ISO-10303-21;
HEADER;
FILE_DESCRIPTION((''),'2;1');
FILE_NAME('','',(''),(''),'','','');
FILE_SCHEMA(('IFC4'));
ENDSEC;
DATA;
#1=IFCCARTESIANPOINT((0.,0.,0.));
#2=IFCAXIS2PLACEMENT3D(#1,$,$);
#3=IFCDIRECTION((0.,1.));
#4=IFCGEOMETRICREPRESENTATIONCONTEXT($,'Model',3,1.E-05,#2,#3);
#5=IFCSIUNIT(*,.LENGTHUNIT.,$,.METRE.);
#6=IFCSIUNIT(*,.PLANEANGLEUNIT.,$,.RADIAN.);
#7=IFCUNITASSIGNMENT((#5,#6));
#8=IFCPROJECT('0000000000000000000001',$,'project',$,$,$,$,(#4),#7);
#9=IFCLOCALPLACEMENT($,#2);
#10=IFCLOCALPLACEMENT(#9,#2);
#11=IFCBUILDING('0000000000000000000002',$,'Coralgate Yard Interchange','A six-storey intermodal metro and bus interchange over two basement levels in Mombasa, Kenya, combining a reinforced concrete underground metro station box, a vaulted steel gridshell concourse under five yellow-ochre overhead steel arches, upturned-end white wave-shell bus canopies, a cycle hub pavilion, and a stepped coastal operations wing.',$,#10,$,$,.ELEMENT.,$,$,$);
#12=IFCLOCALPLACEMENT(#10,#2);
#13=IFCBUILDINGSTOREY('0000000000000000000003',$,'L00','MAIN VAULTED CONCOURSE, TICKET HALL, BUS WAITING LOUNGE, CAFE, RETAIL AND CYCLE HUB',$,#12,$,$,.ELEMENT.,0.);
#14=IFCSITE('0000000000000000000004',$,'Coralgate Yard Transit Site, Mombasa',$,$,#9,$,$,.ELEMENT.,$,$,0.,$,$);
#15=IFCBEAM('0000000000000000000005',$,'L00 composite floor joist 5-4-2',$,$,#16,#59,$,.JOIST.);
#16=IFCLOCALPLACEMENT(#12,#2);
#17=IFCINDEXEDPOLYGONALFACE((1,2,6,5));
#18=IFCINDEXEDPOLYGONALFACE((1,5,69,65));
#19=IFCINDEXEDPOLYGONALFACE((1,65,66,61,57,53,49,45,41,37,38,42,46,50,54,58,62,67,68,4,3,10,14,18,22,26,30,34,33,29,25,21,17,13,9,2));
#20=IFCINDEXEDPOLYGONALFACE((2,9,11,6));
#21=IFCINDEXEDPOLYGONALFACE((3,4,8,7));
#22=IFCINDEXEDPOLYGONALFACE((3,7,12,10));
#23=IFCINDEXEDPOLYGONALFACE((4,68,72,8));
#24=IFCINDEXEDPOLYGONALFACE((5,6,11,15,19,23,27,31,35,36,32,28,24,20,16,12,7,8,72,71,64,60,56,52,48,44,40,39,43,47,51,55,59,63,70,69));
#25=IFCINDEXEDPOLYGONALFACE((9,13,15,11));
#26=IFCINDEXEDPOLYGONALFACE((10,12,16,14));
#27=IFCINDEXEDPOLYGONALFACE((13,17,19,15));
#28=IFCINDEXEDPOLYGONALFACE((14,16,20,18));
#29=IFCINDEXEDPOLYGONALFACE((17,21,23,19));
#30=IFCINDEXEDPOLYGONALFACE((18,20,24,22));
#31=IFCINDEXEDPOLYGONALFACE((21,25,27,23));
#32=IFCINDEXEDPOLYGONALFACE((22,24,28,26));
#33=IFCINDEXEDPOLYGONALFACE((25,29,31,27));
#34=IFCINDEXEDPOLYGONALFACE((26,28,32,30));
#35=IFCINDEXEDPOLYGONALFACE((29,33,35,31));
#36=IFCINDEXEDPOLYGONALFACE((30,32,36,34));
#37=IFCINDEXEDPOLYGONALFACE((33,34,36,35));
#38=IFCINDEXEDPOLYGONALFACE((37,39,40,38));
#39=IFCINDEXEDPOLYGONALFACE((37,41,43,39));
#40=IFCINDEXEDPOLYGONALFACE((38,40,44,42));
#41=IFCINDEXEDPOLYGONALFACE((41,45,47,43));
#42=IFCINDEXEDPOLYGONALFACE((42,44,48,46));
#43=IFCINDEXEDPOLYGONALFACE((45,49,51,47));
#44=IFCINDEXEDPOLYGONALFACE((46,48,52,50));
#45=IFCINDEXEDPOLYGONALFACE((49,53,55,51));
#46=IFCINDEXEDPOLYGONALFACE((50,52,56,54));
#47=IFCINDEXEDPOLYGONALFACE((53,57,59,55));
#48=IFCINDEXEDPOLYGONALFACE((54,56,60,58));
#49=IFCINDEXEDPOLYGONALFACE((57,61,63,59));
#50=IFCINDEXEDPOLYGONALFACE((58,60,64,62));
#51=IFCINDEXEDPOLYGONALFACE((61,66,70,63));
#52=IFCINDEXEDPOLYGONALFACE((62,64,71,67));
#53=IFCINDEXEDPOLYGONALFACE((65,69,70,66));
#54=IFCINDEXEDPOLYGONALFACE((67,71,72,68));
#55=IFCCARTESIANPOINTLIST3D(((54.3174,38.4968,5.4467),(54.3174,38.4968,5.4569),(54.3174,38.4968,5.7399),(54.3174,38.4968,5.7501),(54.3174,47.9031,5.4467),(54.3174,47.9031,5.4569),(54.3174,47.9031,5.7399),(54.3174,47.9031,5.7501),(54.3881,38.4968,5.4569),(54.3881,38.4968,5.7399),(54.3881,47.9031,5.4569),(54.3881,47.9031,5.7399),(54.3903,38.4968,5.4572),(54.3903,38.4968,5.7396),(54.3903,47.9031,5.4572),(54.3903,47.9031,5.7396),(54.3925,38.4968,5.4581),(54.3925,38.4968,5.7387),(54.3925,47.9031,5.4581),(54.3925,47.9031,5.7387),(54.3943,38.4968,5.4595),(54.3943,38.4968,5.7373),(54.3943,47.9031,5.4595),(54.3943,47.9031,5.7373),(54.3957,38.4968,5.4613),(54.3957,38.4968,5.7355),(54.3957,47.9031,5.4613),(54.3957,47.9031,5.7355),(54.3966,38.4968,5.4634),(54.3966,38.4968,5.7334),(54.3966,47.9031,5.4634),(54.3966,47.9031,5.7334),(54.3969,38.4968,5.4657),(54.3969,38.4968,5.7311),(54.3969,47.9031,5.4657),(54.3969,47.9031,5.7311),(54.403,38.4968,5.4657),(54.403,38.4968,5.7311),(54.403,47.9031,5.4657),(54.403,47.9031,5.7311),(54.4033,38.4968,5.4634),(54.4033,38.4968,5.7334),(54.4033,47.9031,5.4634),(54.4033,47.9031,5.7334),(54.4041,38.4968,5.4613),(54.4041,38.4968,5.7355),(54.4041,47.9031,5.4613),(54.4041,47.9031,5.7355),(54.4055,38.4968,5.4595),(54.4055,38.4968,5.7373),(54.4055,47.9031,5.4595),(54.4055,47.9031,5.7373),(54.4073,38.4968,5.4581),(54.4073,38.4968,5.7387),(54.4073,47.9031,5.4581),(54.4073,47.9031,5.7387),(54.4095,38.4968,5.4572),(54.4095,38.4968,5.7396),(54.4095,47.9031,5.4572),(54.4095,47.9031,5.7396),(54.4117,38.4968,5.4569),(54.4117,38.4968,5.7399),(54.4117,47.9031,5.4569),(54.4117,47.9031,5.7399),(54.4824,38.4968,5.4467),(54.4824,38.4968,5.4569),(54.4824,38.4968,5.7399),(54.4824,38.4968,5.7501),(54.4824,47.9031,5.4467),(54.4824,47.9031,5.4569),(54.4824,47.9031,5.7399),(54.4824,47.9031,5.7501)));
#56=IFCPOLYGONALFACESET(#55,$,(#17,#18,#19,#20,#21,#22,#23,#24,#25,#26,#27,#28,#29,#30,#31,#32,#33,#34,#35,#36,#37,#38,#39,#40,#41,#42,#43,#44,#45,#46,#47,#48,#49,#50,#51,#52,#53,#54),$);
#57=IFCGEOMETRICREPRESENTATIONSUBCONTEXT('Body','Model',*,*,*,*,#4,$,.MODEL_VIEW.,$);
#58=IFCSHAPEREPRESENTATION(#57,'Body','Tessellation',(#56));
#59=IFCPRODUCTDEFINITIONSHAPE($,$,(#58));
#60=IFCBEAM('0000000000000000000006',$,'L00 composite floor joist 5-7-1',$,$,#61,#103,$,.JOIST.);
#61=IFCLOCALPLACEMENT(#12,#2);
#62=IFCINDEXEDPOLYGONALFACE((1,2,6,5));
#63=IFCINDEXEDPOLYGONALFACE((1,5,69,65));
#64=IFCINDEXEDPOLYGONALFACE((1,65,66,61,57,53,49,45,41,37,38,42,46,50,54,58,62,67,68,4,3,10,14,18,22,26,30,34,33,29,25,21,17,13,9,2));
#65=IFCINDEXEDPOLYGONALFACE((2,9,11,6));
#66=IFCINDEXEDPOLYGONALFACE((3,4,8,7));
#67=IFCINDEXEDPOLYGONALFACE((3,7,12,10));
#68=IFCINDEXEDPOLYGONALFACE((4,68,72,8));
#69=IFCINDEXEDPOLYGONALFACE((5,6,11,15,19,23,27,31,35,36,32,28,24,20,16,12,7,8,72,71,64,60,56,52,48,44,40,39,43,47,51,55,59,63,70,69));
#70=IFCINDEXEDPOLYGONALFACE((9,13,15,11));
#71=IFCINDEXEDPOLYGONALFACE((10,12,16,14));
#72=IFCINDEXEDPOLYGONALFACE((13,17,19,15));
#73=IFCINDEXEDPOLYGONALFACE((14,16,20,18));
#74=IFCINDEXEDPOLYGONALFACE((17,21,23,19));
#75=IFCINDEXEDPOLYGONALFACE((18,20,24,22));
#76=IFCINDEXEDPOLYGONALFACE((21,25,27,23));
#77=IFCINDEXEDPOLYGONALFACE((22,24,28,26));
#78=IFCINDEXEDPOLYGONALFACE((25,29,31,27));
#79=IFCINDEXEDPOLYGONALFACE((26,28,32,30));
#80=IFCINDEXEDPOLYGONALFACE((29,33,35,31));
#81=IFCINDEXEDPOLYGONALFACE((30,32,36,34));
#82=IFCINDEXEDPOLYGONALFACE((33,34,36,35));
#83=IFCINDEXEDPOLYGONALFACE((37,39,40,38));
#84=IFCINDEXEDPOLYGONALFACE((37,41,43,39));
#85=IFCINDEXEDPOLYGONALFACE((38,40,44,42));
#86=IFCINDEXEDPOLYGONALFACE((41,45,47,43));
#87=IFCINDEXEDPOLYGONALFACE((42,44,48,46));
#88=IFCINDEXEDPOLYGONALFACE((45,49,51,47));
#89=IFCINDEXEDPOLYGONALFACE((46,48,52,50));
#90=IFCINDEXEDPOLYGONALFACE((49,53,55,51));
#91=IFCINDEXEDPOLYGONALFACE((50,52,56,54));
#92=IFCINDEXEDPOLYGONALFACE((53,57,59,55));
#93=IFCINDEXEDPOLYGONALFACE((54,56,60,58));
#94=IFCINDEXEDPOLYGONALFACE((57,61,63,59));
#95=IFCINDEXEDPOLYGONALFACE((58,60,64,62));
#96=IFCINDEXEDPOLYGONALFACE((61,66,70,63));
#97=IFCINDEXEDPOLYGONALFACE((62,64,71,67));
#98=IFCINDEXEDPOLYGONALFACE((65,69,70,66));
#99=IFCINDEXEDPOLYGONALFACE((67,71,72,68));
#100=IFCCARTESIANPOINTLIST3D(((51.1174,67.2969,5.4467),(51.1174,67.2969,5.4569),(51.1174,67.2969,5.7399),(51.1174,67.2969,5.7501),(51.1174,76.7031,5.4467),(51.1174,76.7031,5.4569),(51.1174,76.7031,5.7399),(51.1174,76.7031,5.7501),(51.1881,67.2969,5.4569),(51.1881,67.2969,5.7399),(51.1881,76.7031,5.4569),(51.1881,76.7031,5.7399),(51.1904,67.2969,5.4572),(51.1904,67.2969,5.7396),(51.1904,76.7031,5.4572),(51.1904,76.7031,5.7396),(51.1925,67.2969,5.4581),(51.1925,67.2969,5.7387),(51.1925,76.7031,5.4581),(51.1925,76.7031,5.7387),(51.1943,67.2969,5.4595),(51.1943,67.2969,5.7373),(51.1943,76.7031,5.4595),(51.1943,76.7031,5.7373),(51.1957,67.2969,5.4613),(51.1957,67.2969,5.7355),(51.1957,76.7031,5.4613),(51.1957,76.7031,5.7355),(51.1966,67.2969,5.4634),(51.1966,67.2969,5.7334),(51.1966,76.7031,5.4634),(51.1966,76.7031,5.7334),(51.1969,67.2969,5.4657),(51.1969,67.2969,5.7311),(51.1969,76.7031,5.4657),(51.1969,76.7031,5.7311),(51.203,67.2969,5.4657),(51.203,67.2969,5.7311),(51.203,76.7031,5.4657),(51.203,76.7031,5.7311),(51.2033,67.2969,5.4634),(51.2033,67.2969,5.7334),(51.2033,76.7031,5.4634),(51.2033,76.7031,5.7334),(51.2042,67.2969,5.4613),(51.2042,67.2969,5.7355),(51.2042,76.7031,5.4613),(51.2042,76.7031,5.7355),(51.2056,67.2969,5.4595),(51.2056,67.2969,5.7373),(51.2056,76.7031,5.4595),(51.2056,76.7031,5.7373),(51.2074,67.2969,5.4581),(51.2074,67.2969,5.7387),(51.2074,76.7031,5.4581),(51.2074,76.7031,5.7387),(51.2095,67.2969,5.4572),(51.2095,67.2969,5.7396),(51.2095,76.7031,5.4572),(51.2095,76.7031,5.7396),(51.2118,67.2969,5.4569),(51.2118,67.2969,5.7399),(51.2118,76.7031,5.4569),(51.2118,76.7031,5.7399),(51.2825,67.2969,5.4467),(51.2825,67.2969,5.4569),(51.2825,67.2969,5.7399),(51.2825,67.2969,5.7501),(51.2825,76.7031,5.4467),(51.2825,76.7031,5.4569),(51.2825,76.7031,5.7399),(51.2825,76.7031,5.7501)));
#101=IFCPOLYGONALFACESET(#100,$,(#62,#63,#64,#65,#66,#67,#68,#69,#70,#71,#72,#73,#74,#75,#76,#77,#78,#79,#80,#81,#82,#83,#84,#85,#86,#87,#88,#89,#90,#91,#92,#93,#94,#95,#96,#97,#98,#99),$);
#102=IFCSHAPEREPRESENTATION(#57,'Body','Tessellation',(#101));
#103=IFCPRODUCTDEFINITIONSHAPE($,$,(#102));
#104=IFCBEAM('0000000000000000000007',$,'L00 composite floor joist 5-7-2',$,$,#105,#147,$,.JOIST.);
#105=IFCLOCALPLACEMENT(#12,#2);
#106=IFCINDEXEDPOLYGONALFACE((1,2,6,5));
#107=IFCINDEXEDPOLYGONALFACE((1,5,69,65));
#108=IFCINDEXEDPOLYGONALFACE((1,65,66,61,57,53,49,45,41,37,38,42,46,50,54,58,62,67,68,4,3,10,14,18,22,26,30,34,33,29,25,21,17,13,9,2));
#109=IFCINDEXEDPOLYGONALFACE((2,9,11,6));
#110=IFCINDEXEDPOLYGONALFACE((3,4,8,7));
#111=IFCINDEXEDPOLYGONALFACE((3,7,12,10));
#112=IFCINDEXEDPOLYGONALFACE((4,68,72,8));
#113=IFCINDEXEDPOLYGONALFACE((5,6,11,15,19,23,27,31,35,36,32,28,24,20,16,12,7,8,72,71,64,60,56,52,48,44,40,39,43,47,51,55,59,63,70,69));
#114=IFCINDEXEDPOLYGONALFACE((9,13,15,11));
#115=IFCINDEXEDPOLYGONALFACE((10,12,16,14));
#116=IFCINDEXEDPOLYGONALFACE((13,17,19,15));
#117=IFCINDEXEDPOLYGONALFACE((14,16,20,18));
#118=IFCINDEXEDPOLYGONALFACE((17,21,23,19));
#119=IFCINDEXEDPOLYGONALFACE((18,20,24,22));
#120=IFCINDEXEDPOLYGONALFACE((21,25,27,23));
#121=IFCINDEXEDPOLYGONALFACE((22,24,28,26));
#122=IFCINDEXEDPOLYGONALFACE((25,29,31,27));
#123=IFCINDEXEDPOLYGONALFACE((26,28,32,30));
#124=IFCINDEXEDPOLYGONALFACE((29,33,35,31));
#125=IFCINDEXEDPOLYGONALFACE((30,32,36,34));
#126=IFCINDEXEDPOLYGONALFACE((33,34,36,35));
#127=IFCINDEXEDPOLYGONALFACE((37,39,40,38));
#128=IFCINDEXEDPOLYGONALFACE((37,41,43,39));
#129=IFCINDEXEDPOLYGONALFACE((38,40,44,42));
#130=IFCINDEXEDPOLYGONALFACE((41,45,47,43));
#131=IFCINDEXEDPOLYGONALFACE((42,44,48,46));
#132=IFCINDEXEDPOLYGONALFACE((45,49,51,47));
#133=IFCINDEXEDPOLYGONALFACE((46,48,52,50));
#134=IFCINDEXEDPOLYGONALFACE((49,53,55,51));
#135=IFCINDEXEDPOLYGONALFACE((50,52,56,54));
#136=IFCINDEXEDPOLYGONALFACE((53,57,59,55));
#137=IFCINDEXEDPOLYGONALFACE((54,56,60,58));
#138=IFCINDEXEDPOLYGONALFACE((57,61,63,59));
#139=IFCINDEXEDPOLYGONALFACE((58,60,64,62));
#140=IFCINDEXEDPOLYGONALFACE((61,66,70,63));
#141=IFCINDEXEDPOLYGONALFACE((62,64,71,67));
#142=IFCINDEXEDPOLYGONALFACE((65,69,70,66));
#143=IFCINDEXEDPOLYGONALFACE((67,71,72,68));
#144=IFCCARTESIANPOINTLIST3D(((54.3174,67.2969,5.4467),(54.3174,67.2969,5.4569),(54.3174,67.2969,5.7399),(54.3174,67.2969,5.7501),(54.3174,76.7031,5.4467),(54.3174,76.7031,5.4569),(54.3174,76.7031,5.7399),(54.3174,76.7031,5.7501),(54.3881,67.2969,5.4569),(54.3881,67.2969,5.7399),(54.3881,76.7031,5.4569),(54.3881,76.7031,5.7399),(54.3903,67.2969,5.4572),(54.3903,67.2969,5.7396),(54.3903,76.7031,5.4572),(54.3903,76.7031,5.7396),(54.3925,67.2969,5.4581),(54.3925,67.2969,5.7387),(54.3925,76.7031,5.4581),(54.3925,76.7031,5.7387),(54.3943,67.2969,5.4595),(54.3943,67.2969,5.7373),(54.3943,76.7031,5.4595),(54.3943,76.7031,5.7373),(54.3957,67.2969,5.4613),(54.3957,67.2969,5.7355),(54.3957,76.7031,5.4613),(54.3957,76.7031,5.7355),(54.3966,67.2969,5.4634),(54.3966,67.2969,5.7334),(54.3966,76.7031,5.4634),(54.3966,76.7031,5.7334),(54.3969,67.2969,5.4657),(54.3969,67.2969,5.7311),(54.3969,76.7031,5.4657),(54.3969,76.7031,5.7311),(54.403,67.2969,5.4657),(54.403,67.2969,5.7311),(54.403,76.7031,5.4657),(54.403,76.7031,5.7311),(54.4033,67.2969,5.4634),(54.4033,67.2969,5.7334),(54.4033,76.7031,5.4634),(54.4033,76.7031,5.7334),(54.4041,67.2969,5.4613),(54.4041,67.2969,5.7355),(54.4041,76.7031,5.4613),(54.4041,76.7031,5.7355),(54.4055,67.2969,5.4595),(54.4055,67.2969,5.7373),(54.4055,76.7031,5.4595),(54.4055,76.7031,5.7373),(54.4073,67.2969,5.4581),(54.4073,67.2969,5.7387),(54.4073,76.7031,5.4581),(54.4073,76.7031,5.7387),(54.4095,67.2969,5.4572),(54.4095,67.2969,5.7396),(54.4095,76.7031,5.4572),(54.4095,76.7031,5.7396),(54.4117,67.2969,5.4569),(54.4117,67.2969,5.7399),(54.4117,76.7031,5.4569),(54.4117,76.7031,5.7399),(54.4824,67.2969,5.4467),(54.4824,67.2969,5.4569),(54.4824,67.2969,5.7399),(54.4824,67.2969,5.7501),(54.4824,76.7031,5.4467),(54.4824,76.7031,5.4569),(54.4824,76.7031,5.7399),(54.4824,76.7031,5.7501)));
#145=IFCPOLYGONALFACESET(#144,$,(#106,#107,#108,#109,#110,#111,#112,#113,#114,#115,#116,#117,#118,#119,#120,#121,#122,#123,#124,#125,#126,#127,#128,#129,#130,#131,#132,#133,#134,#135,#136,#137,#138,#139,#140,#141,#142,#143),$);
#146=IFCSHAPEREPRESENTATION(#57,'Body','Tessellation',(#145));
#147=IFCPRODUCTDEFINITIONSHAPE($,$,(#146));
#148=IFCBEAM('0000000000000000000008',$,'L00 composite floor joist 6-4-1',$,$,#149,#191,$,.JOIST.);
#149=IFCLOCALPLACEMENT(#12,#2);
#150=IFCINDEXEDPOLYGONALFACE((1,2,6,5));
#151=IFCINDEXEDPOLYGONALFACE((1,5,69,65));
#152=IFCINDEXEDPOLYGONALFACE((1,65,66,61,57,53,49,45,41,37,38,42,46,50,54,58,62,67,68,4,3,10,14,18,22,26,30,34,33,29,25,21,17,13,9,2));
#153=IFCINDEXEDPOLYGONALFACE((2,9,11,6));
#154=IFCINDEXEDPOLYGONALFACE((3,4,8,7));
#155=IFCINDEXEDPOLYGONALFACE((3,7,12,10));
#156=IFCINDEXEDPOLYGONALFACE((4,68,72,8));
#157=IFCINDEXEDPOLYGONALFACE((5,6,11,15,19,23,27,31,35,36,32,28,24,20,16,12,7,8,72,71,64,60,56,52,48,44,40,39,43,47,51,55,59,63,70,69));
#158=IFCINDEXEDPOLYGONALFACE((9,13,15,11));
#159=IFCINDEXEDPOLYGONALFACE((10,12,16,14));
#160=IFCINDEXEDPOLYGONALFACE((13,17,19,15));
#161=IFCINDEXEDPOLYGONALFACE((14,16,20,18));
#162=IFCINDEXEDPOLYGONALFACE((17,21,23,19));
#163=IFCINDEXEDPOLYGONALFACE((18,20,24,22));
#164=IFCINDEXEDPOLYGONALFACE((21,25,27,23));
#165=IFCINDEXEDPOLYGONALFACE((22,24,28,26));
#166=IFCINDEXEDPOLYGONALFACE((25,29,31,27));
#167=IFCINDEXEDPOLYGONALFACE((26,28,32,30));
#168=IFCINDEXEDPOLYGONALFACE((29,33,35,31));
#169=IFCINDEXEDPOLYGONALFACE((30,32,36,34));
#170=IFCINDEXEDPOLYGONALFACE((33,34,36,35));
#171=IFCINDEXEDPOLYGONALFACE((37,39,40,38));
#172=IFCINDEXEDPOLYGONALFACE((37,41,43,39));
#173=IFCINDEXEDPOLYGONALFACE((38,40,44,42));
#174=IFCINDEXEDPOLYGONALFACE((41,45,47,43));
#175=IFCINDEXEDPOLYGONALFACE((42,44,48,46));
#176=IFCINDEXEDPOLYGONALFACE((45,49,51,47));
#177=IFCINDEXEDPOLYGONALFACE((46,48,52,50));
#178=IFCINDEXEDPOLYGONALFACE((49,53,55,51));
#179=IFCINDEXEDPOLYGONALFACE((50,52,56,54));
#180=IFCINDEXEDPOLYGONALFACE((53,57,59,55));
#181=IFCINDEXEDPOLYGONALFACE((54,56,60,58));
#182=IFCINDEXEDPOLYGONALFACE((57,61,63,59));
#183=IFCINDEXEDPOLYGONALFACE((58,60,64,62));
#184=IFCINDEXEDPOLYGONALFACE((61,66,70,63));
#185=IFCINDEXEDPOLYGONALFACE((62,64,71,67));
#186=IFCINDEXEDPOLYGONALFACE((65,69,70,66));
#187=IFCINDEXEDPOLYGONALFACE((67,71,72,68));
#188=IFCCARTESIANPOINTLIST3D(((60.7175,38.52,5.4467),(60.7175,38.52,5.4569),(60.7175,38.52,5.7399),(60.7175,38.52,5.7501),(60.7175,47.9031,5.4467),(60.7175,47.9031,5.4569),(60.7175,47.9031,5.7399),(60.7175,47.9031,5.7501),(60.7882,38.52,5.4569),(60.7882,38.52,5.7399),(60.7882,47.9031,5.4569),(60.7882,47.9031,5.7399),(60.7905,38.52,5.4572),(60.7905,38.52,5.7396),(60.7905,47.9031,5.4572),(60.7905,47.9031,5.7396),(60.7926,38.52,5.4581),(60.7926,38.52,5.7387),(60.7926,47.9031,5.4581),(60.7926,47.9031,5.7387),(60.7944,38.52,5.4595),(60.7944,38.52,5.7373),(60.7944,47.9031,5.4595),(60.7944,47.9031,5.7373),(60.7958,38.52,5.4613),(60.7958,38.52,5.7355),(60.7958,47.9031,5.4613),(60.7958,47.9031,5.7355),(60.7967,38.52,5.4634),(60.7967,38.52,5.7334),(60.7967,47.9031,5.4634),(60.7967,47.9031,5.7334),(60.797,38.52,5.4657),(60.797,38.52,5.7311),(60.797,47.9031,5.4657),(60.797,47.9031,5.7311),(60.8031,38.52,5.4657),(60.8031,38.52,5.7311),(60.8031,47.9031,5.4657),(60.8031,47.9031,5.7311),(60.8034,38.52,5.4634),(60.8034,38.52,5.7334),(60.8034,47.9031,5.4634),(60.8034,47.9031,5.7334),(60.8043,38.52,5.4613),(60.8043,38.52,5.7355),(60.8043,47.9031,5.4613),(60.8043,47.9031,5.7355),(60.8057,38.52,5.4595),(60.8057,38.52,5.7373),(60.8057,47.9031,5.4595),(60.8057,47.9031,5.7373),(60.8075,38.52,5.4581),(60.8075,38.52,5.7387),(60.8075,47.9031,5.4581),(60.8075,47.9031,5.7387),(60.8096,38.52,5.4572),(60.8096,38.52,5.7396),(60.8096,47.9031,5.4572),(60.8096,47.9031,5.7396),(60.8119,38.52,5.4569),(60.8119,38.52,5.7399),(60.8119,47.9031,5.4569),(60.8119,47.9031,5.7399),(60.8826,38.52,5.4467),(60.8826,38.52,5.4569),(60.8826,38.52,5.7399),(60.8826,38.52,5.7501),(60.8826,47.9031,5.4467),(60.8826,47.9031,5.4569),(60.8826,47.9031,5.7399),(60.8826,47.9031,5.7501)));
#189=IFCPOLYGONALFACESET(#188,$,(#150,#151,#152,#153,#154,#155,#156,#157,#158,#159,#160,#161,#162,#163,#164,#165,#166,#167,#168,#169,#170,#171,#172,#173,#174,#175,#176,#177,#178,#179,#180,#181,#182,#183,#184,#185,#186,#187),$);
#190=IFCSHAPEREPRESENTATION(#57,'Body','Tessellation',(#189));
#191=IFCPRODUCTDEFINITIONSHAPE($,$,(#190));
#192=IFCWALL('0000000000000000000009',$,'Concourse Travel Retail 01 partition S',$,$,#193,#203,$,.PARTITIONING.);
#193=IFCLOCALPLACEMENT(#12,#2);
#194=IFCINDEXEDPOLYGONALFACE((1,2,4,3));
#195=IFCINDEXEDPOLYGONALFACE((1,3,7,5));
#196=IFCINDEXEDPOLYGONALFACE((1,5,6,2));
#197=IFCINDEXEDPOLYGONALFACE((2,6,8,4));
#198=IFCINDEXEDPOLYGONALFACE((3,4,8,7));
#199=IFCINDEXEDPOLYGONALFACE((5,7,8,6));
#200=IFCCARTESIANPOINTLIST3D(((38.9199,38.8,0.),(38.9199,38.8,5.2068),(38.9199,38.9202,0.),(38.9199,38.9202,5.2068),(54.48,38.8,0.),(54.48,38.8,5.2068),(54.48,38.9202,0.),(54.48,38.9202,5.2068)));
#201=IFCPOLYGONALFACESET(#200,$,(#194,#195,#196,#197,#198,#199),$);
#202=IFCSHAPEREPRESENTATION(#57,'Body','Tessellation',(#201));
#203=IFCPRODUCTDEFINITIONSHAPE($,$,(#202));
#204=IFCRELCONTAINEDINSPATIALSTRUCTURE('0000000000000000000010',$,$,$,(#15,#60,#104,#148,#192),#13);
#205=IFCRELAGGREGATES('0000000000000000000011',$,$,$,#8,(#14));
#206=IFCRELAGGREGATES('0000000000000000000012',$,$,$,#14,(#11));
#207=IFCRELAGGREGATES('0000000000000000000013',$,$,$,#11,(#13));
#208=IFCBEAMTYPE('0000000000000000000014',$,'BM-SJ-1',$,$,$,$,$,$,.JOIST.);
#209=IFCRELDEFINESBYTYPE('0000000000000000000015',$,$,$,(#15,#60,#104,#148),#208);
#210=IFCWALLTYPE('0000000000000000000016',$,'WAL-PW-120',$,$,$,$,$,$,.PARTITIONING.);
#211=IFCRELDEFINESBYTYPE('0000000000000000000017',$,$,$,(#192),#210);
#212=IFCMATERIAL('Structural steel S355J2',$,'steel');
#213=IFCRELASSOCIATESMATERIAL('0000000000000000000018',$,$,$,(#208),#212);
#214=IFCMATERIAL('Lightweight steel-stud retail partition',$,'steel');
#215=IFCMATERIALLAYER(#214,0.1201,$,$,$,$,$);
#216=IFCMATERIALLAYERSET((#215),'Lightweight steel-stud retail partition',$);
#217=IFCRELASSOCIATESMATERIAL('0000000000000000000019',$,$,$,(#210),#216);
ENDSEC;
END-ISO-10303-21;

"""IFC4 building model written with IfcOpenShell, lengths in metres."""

from ifc_helpers import new_model, si_unit, direction, frame, frame_2d, origin, origin_2d, place, context, subcontext, project, spatial, rectangle, i_section, extrude, material, layer, layer_set, material_profile, profile_set, type_object, element, save


model = new_model("IFC4")

# Units and contexts
model_context = context("Model", 3, precision=1e-05, world=origin(), true_north=direction((0.0, 1.0)))
body_context = subcontext(model_context, "Body", "Model", "MODEL_VIEW")
ifc_project = project(units=[si_unit("LENGTHUNIT", "METRE"), si_unit("PLANEANGLEUNIT", "RADIAN")], contexts=[model_context])

# Site, building, storey
site_placement = place(None, origin())
site = spatial("IfcSite", under=ifc_project, at=site_placement, Name="Coralgate Yard Transit Site, Mombasa", CompositionType="ELEMENT", RefElevation=0.0)
building_placement = place(site_placement, origin())
building = spatial("IfcBuilding", under=site, at=building_placement, Name="Coralgate Yard Interchange", Description="A six-storey intermodal metro and bus interchange over two basement levels in Mombasa, Kenya, combining a reinforced concrete underground metro station box, a vaulted steel gridshell concourse under five yellow-ochre overhead steel arches, upturned-end white wave-shell bus canopies, a cycle hub pavilion, and a stepped coastal operations wing.", CompositionType="ELEMENT")
storey_placement = place(building_placement, origin())
storey = spatial("IfcBuildingStorey", under=building, at=storey_placement, Name="L00", Description="MAIN VAULTED CONCOURSE, TICKET HALL, BUS WAITING LOUNGE, CAFE, RETAIL AND CYCLE HUB", CompositionType="ELEMENT", Elevation=0.0)

# Shared definitions
ifc_material_1 = material(Name="Structural steel S355J2", Category="steel")

# Beams
ifc_material_profile_1 = material_profile(ifc_material_1, i_section(OverallWidth=0.165, OverallDepth=0.3035, WebThickness=0.0061, FlangeThickness=0.0103, FilletRadius=0.0088, at=origin_2d()), Name="UB 305x165x40")
ifc_profile_set_1 = profile_set([ifc_material_profile_1], Name="Structural steel S355J2")
beam_type_1 = type_object("IfcBeamType", Name="BM-SJ-1", PredefinedType="JOIST", material=ifc_profile_set_1)
for number, where, z_axis, x_axis, name in (
    (1, (54.3999, 38.4968, 5.5984), (0.0, 1.0, 0.0), (-1.0, 0.0, 0.0), "L00 composite floor joist 5-4-2"),
    (2, (51.2, 67.2969, 5.5984), (0.0, 1.0, 0.0), (-1.0, 0.0, 0.0), "L00 composite floor joist 5-7-1"),
    (3, (54.3999, 67.2969, 5.5984), (0.0, 1.0, 0.0), (-1.0, 0.0, 0.0), "L00 composite floor joist 5-7-2"),
):
    element("IfcBeam", number, at=place(storey_placement, frame(where, z_axis=z_axis, x_axis=x_axis)), inside=storey, type_object=beam_type_1, Name=name, PredefinedType="JOIST", context=body_context, shape_type="SweptSolid", body=[
        extrude(i_section(OverallWidth=0.165, OverallDepth=0.3035, WebThickness=0.0061, FlangeThickness=0.0103, FilletRadius=0.0088, at=origin_2d()), origin(), (0.0, 0.0, 1.0), 9.4062),
    ])
beam_1_placement = place(storey_placement, frame((60.8, 38.52, 5.5984), z_axis=(0.0, 1.0, 0.0), x_axis=(-1.0, 0.0, 0.0)))
element("IfcBeam", 4, at=beam_1_placement, inside=storey, type_object=beam_type_1, Name="L00 composite floor joist 6-4-1", PredefinedType="JOIST", context=body_context, shape_type="SweptSolid", body=[
    extrude(i_section(OverallWidth=0.165, OverallDepth=0.3035, WebThickness=0.0061, FlangeThickness=0.0103, FilletRadius=0.0088, at=origin_2d()), origin(), (0.0, 0.0, 1.0), 9.3831),
])

# Wall
ifc_material_2 = material(Name="Lightweight steel-stud retail partition", Category="steel")
ifc_layer = layer(ifc_material_2, 0.1201)
ifc_layer_set = layer_set([ifc_layer], Name="Lightweight steel-stud retail partition")
wall_type = type_object("IfcWallType", Name="WAL-PW-120", PredefinedType="PARTITIONING", material=ifc_layer_set)
wall_1_placement = place(storey_placement, frame((54.48, 38.8601, 0.0), z_axis=(0.0, 0.0, 1.0), x_axis=(-1.0, 0.0, 0.0)))
element("IfcWall", 5, at=wall_1_placement, inside=storey, type_object=wall_type, Name="Concourse Travel Retail 01 partition S", PredefinedType="PARTITIONING", context=body_context, shape_type="SweptSolid", body=[
    extrude(rectangle(XDim=15.5601, YDim=0.1201, at=frame_2d((7.78, 0.0))), origin(), (0.0, 0.0, 1.0), 5.2068),
])

save(model, "model.ifc")
